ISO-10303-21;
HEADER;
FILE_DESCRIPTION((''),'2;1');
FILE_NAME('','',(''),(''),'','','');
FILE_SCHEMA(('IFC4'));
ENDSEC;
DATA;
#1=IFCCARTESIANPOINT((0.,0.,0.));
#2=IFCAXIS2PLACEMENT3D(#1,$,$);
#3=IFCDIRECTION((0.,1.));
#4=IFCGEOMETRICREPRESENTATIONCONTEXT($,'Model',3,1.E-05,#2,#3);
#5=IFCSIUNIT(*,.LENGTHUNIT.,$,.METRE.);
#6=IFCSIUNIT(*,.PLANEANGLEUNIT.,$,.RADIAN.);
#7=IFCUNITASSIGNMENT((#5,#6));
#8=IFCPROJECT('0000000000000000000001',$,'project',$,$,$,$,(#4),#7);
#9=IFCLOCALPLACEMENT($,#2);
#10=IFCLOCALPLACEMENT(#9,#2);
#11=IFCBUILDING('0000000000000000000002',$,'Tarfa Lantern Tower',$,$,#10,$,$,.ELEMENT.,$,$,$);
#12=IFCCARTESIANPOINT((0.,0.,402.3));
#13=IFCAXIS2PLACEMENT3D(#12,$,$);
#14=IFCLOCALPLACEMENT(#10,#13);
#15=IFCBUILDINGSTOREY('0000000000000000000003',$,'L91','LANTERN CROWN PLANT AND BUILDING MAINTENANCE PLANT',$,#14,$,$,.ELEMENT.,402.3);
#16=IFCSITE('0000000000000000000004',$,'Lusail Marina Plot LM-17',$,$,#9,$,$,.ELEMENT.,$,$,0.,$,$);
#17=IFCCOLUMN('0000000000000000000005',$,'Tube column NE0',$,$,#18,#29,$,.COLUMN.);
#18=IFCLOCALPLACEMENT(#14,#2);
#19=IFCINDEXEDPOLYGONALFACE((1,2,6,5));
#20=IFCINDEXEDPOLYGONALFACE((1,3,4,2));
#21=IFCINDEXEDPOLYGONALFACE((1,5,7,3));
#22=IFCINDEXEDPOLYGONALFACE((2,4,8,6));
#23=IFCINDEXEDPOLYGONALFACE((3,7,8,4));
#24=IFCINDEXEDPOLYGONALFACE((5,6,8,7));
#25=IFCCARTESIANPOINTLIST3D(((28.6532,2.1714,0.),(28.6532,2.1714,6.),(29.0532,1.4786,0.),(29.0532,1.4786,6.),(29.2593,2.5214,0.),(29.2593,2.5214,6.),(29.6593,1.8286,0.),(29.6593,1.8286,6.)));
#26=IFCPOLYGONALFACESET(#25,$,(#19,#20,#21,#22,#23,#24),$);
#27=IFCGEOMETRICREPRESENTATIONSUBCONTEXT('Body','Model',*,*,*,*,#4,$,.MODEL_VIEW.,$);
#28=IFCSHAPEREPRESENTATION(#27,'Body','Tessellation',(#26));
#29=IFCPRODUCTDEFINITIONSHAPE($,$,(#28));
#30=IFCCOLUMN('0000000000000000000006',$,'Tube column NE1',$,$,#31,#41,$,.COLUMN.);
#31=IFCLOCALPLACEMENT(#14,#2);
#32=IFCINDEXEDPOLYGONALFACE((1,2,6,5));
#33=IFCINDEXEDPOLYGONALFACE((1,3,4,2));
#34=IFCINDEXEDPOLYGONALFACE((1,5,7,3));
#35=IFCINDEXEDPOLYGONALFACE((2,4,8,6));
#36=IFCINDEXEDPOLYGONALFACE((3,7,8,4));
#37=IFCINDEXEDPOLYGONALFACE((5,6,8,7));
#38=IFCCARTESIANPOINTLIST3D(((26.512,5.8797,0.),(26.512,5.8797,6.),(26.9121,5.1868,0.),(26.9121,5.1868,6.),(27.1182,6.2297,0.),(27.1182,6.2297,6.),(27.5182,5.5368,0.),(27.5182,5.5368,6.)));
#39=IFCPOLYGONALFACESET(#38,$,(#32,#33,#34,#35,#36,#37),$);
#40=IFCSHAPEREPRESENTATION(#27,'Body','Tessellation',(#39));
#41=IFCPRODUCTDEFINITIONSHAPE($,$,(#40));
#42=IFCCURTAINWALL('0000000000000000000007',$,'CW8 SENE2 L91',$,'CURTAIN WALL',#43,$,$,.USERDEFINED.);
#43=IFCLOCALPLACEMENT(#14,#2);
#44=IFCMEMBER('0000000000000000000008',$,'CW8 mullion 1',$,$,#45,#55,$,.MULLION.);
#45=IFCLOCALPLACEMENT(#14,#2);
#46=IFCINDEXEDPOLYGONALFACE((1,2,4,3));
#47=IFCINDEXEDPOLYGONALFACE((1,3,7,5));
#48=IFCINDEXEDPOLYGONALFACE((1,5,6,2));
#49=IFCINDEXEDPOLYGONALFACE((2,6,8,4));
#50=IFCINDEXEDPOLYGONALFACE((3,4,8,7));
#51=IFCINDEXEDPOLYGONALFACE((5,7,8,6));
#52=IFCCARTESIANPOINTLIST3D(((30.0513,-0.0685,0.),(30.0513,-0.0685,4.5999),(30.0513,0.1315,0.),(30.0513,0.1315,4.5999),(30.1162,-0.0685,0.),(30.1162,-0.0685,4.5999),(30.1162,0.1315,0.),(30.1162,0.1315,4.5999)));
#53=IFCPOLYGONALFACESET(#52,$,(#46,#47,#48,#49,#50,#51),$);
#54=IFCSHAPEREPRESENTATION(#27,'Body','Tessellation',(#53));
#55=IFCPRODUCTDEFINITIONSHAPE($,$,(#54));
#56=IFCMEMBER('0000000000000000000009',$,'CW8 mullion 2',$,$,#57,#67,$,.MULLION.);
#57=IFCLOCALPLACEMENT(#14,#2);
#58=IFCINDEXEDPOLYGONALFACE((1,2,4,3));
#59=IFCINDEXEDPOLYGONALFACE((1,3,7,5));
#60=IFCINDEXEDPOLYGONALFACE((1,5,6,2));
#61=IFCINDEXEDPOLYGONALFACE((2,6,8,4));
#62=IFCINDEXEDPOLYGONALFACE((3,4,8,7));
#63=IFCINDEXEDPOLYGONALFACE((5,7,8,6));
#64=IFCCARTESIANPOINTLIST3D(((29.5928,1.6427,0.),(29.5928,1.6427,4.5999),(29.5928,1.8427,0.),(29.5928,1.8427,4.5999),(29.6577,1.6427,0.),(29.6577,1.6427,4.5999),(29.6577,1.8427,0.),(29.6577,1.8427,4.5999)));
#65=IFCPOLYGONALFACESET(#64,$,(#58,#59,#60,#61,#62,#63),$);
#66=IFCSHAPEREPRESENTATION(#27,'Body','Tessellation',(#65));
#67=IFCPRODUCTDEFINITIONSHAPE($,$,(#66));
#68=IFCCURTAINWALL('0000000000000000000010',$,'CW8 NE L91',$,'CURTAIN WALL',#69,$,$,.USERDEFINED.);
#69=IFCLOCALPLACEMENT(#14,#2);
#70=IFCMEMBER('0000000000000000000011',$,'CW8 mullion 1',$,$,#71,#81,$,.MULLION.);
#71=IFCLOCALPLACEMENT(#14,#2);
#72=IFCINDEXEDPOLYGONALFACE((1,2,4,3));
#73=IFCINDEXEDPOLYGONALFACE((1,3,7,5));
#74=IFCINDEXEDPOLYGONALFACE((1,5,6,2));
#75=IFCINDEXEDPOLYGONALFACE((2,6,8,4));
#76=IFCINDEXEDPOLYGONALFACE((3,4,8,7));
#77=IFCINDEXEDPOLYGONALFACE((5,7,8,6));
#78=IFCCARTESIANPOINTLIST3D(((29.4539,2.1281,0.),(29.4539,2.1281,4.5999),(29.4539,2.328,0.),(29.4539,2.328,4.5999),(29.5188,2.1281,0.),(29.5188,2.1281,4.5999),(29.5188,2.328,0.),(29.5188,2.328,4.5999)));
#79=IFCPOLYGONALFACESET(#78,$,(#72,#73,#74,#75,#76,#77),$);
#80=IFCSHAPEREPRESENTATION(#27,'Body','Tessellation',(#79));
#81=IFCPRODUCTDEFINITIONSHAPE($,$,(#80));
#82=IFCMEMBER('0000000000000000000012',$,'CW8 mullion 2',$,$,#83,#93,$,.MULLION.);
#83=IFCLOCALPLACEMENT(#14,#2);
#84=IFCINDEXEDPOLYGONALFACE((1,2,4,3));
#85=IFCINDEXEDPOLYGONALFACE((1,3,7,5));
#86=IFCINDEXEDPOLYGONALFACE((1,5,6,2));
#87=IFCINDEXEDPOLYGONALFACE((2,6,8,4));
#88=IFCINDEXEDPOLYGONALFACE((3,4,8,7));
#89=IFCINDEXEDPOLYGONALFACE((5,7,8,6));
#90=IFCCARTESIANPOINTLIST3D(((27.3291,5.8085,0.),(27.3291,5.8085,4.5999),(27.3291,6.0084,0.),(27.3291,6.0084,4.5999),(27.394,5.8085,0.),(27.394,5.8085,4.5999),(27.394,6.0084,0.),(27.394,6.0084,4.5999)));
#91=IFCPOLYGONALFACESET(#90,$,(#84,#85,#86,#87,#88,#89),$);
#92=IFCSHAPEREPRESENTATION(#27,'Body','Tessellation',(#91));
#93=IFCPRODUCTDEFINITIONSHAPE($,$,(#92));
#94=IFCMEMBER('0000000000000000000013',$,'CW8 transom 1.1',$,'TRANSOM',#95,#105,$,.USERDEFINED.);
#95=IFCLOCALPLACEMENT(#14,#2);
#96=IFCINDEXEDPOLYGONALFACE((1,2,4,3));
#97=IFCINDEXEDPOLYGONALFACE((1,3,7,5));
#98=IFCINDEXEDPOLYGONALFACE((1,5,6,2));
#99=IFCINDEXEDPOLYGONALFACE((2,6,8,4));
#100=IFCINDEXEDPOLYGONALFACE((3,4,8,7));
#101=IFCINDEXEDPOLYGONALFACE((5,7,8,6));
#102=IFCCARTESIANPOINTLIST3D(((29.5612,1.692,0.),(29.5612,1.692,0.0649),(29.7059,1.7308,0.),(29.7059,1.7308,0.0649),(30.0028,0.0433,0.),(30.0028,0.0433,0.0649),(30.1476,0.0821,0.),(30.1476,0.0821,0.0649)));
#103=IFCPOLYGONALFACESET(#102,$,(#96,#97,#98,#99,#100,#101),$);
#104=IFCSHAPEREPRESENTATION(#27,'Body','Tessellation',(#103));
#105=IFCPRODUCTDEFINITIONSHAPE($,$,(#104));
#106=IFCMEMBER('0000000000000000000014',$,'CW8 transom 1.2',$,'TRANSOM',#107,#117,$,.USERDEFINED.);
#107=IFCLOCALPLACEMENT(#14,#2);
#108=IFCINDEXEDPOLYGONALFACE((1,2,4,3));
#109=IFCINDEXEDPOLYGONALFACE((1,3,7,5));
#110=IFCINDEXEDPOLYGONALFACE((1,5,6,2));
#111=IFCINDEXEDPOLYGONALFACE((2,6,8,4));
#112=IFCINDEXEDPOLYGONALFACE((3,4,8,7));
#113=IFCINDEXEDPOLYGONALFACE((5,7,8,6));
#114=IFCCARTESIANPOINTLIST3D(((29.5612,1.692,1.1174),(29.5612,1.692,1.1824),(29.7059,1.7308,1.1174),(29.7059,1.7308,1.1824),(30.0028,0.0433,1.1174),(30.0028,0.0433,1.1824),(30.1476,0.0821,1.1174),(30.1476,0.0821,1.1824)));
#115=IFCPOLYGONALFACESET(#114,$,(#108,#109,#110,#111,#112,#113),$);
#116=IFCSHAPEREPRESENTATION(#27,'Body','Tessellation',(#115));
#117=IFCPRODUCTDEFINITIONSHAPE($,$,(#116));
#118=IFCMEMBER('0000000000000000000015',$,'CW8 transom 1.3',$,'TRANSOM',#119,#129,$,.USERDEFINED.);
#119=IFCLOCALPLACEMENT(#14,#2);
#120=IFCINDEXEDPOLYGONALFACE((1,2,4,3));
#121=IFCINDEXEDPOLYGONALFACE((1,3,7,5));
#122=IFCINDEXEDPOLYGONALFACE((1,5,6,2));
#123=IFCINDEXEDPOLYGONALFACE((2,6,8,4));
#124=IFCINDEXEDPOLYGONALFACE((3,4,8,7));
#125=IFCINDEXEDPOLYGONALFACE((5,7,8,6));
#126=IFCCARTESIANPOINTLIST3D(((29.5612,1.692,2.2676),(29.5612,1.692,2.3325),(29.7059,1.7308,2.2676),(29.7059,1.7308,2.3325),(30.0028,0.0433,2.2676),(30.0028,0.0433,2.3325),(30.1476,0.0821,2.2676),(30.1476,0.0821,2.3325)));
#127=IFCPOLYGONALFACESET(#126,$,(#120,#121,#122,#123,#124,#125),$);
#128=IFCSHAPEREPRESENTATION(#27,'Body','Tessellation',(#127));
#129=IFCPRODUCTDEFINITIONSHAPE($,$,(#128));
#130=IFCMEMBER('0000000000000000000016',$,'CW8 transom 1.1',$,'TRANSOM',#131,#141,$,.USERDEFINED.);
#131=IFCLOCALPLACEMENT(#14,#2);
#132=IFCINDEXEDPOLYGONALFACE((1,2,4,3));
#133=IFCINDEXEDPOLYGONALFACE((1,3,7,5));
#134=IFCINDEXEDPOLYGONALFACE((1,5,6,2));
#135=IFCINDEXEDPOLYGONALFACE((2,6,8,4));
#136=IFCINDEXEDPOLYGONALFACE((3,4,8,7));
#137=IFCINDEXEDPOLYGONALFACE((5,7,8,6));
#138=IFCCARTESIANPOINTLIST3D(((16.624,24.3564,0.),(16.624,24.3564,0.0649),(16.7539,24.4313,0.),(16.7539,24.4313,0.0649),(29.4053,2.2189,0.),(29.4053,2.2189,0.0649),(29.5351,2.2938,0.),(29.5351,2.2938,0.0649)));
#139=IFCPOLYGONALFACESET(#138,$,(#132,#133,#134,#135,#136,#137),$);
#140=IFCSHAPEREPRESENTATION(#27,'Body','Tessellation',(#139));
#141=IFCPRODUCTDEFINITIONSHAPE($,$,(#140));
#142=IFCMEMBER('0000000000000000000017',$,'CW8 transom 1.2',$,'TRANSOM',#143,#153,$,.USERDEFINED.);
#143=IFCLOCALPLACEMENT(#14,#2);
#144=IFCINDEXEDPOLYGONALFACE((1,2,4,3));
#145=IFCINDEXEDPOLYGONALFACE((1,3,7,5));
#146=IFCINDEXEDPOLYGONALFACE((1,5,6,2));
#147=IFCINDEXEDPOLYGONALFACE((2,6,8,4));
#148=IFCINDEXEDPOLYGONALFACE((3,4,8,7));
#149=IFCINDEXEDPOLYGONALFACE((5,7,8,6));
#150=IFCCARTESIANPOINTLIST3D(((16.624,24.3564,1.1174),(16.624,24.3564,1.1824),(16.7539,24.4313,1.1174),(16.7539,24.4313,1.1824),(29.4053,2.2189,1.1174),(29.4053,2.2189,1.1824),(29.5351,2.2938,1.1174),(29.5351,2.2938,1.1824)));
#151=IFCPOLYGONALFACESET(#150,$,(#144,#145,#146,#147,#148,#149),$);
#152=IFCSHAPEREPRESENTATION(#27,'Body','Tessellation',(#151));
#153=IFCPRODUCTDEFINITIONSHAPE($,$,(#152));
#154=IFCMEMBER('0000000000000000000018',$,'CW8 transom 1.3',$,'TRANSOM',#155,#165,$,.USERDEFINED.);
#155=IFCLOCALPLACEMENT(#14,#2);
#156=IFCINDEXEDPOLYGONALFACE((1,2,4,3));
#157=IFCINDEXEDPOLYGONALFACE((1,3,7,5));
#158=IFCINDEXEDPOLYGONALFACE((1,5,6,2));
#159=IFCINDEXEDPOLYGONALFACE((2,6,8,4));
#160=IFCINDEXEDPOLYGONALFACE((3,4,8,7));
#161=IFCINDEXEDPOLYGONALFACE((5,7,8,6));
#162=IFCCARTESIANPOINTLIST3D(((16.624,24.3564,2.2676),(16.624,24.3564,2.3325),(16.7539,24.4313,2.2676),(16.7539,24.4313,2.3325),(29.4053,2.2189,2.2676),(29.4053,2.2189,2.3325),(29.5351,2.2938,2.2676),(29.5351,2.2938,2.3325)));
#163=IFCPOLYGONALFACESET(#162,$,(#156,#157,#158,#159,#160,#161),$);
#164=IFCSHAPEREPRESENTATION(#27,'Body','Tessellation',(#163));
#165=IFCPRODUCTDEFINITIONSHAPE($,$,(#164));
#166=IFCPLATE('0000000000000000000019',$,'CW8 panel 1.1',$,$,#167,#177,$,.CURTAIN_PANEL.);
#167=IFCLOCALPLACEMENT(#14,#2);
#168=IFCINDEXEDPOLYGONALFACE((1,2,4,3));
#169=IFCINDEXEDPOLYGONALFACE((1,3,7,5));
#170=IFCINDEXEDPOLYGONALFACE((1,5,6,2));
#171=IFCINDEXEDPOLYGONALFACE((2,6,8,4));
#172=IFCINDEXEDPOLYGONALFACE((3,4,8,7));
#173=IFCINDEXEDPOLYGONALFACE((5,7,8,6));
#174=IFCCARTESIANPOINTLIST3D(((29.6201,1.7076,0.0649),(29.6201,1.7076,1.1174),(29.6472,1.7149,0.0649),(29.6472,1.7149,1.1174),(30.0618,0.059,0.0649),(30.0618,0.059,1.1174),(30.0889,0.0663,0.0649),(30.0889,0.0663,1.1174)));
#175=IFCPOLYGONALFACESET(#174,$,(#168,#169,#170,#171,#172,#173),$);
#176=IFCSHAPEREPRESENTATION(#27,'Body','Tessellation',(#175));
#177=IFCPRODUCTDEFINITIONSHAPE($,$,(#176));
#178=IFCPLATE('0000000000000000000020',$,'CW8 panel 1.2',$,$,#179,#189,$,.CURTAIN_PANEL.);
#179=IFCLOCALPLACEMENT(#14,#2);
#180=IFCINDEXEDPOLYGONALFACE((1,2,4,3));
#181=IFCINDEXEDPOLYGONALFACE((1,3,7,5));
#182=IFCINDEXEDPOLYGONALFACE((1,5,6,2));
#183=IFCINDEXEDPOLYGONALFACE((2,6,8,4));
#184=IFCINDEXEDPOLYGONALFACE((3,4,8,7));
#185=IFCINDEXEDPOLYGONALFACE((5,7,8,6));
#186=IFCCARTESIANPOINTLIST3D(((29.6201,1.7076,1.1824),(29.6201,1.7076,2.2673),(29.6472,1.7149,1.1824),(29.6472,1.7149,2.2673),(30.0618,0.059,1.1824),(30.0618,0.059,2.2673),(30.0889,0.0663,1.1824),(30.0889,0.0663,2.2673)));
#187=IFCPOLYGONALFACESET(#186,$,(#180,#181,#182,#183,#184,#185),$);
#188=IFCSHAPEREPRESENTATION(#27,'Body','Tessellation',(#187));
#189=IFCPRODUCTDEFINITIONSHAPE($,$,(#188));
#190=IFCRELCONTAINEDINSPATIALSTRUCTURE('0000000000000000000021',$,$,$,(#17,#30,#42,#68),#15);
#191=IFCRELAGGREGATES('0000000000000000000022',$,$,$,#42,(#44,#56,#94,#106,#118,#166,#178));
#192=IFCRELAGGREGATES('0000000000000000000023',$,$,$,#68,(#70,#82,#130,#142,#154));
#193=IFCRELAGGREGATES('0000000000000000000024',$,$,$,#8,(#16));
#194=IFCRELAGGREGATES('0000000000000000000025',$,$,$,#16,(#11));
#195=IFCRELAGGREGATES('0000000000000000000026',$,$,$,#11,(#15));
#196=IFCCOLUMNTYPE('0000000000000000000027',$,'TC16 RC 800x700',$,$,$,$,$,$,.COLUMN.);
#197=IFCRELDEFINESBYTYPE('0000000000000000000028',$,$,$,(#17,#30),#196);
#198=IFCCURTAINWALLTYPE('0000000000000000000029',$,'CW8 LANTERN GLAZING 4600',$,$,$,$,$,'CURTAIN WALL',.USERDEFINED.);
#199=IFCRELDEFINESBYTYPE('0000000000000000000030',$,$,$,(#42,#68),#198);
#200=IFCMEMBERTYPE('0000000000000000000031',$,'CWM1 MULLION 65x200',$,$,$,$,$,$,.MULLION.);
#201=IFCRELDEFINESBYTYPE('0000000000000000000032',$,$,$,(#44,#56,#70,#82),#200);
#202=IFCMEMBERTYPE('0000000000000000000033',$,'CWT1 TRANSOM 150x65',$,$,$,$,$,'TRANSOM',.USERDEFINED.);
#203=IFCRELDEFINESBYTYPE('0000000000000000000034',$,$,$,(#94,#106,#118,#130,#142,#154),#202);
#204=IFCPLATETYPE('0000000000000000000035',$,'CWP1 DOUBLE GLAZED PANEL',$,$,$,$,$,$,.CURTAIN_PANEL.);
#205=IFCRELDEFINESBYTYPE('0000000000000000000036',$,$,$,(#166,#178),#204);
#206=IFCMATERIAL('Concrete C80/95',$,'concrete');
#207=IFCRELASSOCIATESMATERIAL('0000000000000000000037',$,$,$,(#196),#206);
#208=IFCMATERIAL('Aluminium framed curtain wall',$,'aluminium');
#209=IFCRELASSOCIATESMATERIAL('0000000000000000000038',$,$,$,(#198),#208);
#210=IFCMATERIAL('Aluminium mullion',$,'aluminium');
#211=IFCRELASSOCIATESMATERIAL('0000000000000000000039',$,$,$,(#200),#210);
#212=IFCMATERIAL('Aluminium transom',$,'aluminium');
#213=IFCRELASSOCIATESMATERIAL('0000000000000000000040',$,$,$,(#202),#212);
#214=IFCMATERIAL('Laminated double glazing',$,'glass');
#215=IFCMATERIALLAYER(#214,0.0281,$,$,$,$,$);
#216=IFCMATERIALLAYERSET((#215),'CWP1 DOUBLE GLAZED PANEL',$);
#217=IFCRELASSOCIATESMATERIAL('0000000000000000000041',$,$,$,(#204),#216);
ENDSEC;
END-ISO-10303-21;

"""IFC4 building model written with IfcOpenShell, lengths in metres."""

from ifc_helpers import new_model, si_unit, direction, frame, origin, origin_2d, place, context, subcontext, project, spatial, rectangle, extrude, material, layer, layer_set, material_profile, profile_set, type_object, element, aggregate, save


model = new_model("IFC4")

# Units and contexts
model_context = context("Model", 3, precision=1e-05, world=origin(), true_north=direction((0.0, 1.0)))
body_context = subcontext(model_context, "Body", "Model", "MODEL_VIEW")
ifc_project = project(units=[si_unit("LENGTHUNIT", "METRE"), si_unit("PLANEANGLEUNIT", "RADIAN")], contexts=[model_context])

# Site, building, storey
site_placement = place(None, origin())
site = spatial("IfcSite", under=ifc_project, at=site_placement, Name="Lusail Marina Plot LM-17", CompositionType="ELEMENT", RefElevation=0.0)
building_placement = place(site_placement, origin())
building = spatial("IfcBuilding", under=site, at=building_placement, Name="Tarfa Lantern Tower", CompositionType="ELEMENT")
storey_placement = place(building_placement, frame((0.0, 0.0, 402.3)))
storey = spatial("IfcBuildingStorey", under=building, at=storey_placement, Name="L91", Description="LANTERN CROWN PLANT AND BUILDING MAINTENANCE PLANT", CompositionType="ELEMENT", Elevation=402.3)

# Columns
ifc_material_1 = material(Name="Concrete C80/95", Category="concrete")
ifc_material_profile_1 = material_profile(ifc_material_1, rectangle(XDim=0.8, YDim=0.7, at=origin_2d()), Name="RC 800x700")
ifc_profile_set_1 = profile_set([ifc_material_profile_1], Name="Concrete C80/95")
column_type = type_object("IfcColumnType", Name="TC16 RC 800x700", PredefinedType="COLUMN", material=ifc_profile_set_1)
for number, where, z_axis, x_axis, name in (
    (1, (29.1562, 2.0, 0.0), (0.0, 0.0, 1.0), (-0.5, 0.866025, 0.0), "Tube column NE0"),
    (2, (27.0151, 5.7083, 0.0), (0.0, 0.0, 1.0), (-0.5, 0.866025, 0.0), "Tube column NE1"),
):
    element("IfcColumn", number, at=place(storey_placement, frame(where, z_axis=z_axis, x_axis=x_axis)), inside=storey, type_object=column_type, Name=name, PredefinedType="COLUMN", context=body_context, shape_type="SweptSolid", body=[
        extrude(rectangle(XDim=0.8, YDim=0.7, at=origin_2d()), origin(), (0.0, 0.0, 1.0), 6.0),
    ])

# Curtain walls, members
ifc_material_2 = material(Name="Aluminium framed curtain wall", Category="aluminium")
curtain_wall_type = type_object("IfcCurtainWallType", Name="CW8 LANTERN GLAZING 4600", ElementType="CURTAIN WALL", PredefinedType="USERDEFINED", material=ifc_material_2)
curtain_wall_1_placement = place(storey_placement, origin())
curtain_wall_1 = element("IfcCurtainWall", 3, at=curtain_wall_1_placement, inside=storey, type_object=curtain_wall_type, Name="CW8 SENE2 L91", ObjectType="CURTAIN WALL", PredefinedType="USERDEFINED")
ifc_material_3 = material(Name="Aluminium mullion", Category="aluminium")
ifc_material_profile_2 = material_profile(ifc_material_3, rectangle(XDim=0.0649, YDim=0.2, at=origin_2d()), Name="AL MULLION 65x200")
ifc_profile_set_2 = profile_set([ifc_material_profile_2], Name="Aluminium mullion")
member_type_1 = type_object("IfcMemberType", Name="CWM1 MULLION 65x200", PredefinedType="MULLION", material=ifc_profile_set_2)
member_1_placement = place(storey_placement, frame((30.0837, 0.0315, 0.0), z_axis=(0.0, 0.0, 1.0), x_axis=(1.0, 0.0, 0.0)))
member_1 = element("IfcMember", 4, at=member_1_placement, type_object=member_type_1, Name="CW8 mullion 1", PredefinedType="MULLION", context=body_context, shape_type="SweptSolid", body=[
    extrude(rectangle(XDim=0.0649, YDim=0.2, at=origin_2d()), origin(), (0.0, 0.0, 1.0), 4.5999),
])
member_2_placement = place(storey_placement, frame((29.6252, 1.7427, 0.0), z_axis=(0.0, 0.0, 1.0), x_axis=(1.0, 0.0, 0.0)))
member_2 = element("IfcMember", 5, at=member_2_placement, type_object=member_type_1, Name="CW8 mullion 2", PredefinedType="MULLION", context=body_context, shape_type="SweptSolid", body=[
    extrude(rectangle(XDim=0.0649, YDim=0.2, at=origin_2d()), origin(), (0.0, 0.0, 1.0), 4.5999),
])
curtain_wall_2_placement = place(storey_placement, origin())
curtain_wall_2 = element("IfcCurtainWall", 6, at=curtain_wall_2_placement, inside=storey, type_object=curtain_wall_type, Name="CW8 NE L91", ObjectType="CURTAIN WALL", PredefinedType="USERDEFINED")
member_3_placement = place(storey_placement, frame((29.4863, 2.228, 0.0), z_axis=(0.0, 0.0, 1.0), x_axis=(1.0, 0.0, 0.0)))
member_3 = element("IfcMember", 7, at=member_3_placement, type_object=member_type_1, Name="CW8 mullion 1", PredefinedType="MULLION", context=body_context, shape_type="SweptSolid", body=[
    extrude(rectangle(XDim=0.0649, YDim=0.2, at=origin_2d()), origin(), (0.0, 0.0, 1.0), 4.5999),
])
member_4_placement = place(storey_placement, frame((27.3616, 5.9084, 0.0), z_axis=(0.0, 0.0, 1.0), x_axis=(1.0, 0.0, 0.0)))
member_4 = element("IfcMember", 8, at=member_4_placement, type_object=member_type_1, Name="CW8 mullion 2", PredefinedType="MULLION", context=body_context, shape_type="SweptSolid", body=[
    extrude(rectangle(XDim=0.0649, YDim=0.2, at=origin_2d()), origin(), (0.0, 0.0, 1.0), 4.5999),
])

# Members
ifc_material_4 = material(Name="Aluminium transom", Category="aluminium")
ifc_material_profile_3 = material_profile(ifc_material_4, rectangle(XDim=0.1499, YDim=0.0649, at=origin_2d()), Name="AL TRANSOM 150x65")
ifc_profile_set_3 = profile_set([ifc_material_profile_3], Name="Aluminium transom")
member_type_2 = type_object("IfcMemberType", Name="CWT1 TRANSOM 150x65", ElementType="TRANSOM", PredefinedType="USERDEFINED", material=ifc_profile_set_3)
member_5_placement = place(storey_placement, frame((30.0752, 0.0627, 0.0325), z_axis=(-0.258758, 0.965942, 0.0), x_axis=(-0.965942, -0.258758, 0.0)))
member_5 = element("IfcMember", 9, at=member_5_placement, type_object=member_type_2, Name="CW8 transom 1.1", ObjectType="TRANSOM", PredefinedType="USERDEFINED", context=body_context, shape_type="SweptSolid", body=[
    extrude(rectangle(XDim=0.1499, YDim=0.0649, at=origin_2d()), origin(), (0.0, 0.0, 1.0), 1.7068),
])
member_6_placement = place(storey_placement, frame((30.0752, 0.0627, 1.1499), z_axis=(-0.258758, 0.965942, 0.0), x_axis=(-0.965942, -0.258758, 0.0)))
member_6 = element("IfcMember", 10, at=member_6_placement, type_object=member_type_2, Name="CW8 transom 1.2", ObjectType="TRANSOM", PredefinedType="USERDEFINED", context=body_context, shape_type="SweptSolid", body=[
    extrude(rectangle(XDim=0.1499, YDim=0.0649, at=origin_2d()), origin(), (0.0, 0.0, 1.0), 1.7068),
])
member_7_placement = place(storey_placement, frame((30.0752, 0.0627, 2.3), z_axis=(-0.258758, 0.965942, 0.0), x_axis=(-0.965942, -0.258758, 0.0)))
member_7 = element("IfcMember", 11, at=member_7_placement, type_object=member_type_2, Name="CW8 transom 1.3", ObjectType="TRANSOM", PredefinedType="USERDEFINED", context=body_context, shape_type="SweptSolid", body=[
    extrude(rectangle(XDim=0.1499, YDim=0.0649, at=origin_2d()), origin(), (0.0, 0.0, 1.0), 1.7068),
])
member_8_placement = place(storey_placement, frame((29.4702, 2.2563, 0.0325), z_axis=(-0.500005, 0.866022, 0.0), x_axis=(-0.866022, -0.500005, 0.0)))
member_8 = element("IfcMember", 12, at=member_8_placement, type_object=member_type_2, Name="CW8 transom 1.1", ObjectType="TRANSOM", PredefinedType="USERDEFINED", context=body_context, shape_type="SweptSolid", body=[
    extrude(rectangle(XDim=0.1499, YDim=0.0649, at=origin_2d()), origin(), (0.0, 0.0, 1.0), 25.5623),
])
member_9_placement = place(storey_placement, frame((29.4702, 2.2563, 1.1499), z_axis=(-0.500005, 0.866022, 0.0), x_axis=(-0.866022, -0.500005, 0.0)))
member_9 = element("IfcMember", 13, at=member_9_placement, type_object=member_type_2, Name="CW8 transom 1.2", ObjectType="TRANSOM", PredefinedType="USERDEFINED", context=body_context, shape_type="SweptSolid", body=[
    extrude(rectangle(XDim=0.1499, YDim=0.0649, at=origin_2d()), origin(), (0.0, 0.0, 1.0), 25.5623),
])
member_10_placement = place(storey_placement, frame((29.4702, 2.2563, 2.3), z_axis=(-0.500005, 0.866022, 0.0), x_axis=(-0.866022, -0.500005, 0.0)))
member_10 = element("IfcMember", 14, at=member_10_placement, type_object=member_type_2, Name="CW8 transom 1.3", ObjectType="TRANSOM", PredefinedType="USERDEFINED", context=body_context, shape_type="SweptSolid", body=[
    extrude(rectangle(XDim=0.1499, YDim=0.0649, at=origin_2d()), origin(), (0.0, 0.0, 1.0), 25.5623),
])

# Plates
ifc_material_5 = material(Name="Laminated double glazing", Category="glass")
ifc_layer_1 = layer(ifc_material_5, 0.0281)
ifc_layer_set_1 = layer_set([ifc_layer_1], Name="CWP1 DOUBLE GLAZED PANEL")
plate_type = type_object("IfcPlateType", Name="CWP1 DOUBLE GLAZED PANEL", PredefinedType="CURTAIN_PANEL", material=ifc_layer_set_1)
plate_1_placement = place(storey_placement, frame((29.8545, 0.887, 0.0649), z_axis=(0.0, 0.0, 1.0), x_axis=(-0.258819, 0.965926, 0.0)))
plate_1 = element("IfcPlate", 15, at=plate_1_placement, type_object=plate_type, Name="CW8 panel 1.1", PredefinedType="CURTAIN_PANEL", context=body_context, shape_type="SweptSolid", body=[
    extrude(rectangle(XDim=1.7068, YDim=0.0281, at=origin_2d()), origin(), (0.0, 0.0, 1.0), 1.0525),
])
plate_2_placement = place(storey_placement, frame((29.8545, 0.887, 1.1824), z_axis=(0.0, 0.0, 1.0), x_axis=(-0.258819, 0.965926, 0.0)))
plate_2 = element("IfcPlate", 16, at=plate_2_placement, type_object=plate_type, Name="CW8 panel 1.2", PredefinedType="CURTAIN_PANEL", context=body_context, shape_type="SweptSolid", body=[
    extrude(rectangle(XDim=1.7068, YDim=0.0281, at=origin_2d()), origin(), (0.0, 0.0, 1.0), 1.085),
])
aggregate(curtain_wall_1, [member_1, member_2, member_5, member_6, member_7, plate_1, plate_2])
aggregate(curtain_wall_2, [member_3, member_4, member_8, member_9, member_10])

save(model, "model.ifc")
